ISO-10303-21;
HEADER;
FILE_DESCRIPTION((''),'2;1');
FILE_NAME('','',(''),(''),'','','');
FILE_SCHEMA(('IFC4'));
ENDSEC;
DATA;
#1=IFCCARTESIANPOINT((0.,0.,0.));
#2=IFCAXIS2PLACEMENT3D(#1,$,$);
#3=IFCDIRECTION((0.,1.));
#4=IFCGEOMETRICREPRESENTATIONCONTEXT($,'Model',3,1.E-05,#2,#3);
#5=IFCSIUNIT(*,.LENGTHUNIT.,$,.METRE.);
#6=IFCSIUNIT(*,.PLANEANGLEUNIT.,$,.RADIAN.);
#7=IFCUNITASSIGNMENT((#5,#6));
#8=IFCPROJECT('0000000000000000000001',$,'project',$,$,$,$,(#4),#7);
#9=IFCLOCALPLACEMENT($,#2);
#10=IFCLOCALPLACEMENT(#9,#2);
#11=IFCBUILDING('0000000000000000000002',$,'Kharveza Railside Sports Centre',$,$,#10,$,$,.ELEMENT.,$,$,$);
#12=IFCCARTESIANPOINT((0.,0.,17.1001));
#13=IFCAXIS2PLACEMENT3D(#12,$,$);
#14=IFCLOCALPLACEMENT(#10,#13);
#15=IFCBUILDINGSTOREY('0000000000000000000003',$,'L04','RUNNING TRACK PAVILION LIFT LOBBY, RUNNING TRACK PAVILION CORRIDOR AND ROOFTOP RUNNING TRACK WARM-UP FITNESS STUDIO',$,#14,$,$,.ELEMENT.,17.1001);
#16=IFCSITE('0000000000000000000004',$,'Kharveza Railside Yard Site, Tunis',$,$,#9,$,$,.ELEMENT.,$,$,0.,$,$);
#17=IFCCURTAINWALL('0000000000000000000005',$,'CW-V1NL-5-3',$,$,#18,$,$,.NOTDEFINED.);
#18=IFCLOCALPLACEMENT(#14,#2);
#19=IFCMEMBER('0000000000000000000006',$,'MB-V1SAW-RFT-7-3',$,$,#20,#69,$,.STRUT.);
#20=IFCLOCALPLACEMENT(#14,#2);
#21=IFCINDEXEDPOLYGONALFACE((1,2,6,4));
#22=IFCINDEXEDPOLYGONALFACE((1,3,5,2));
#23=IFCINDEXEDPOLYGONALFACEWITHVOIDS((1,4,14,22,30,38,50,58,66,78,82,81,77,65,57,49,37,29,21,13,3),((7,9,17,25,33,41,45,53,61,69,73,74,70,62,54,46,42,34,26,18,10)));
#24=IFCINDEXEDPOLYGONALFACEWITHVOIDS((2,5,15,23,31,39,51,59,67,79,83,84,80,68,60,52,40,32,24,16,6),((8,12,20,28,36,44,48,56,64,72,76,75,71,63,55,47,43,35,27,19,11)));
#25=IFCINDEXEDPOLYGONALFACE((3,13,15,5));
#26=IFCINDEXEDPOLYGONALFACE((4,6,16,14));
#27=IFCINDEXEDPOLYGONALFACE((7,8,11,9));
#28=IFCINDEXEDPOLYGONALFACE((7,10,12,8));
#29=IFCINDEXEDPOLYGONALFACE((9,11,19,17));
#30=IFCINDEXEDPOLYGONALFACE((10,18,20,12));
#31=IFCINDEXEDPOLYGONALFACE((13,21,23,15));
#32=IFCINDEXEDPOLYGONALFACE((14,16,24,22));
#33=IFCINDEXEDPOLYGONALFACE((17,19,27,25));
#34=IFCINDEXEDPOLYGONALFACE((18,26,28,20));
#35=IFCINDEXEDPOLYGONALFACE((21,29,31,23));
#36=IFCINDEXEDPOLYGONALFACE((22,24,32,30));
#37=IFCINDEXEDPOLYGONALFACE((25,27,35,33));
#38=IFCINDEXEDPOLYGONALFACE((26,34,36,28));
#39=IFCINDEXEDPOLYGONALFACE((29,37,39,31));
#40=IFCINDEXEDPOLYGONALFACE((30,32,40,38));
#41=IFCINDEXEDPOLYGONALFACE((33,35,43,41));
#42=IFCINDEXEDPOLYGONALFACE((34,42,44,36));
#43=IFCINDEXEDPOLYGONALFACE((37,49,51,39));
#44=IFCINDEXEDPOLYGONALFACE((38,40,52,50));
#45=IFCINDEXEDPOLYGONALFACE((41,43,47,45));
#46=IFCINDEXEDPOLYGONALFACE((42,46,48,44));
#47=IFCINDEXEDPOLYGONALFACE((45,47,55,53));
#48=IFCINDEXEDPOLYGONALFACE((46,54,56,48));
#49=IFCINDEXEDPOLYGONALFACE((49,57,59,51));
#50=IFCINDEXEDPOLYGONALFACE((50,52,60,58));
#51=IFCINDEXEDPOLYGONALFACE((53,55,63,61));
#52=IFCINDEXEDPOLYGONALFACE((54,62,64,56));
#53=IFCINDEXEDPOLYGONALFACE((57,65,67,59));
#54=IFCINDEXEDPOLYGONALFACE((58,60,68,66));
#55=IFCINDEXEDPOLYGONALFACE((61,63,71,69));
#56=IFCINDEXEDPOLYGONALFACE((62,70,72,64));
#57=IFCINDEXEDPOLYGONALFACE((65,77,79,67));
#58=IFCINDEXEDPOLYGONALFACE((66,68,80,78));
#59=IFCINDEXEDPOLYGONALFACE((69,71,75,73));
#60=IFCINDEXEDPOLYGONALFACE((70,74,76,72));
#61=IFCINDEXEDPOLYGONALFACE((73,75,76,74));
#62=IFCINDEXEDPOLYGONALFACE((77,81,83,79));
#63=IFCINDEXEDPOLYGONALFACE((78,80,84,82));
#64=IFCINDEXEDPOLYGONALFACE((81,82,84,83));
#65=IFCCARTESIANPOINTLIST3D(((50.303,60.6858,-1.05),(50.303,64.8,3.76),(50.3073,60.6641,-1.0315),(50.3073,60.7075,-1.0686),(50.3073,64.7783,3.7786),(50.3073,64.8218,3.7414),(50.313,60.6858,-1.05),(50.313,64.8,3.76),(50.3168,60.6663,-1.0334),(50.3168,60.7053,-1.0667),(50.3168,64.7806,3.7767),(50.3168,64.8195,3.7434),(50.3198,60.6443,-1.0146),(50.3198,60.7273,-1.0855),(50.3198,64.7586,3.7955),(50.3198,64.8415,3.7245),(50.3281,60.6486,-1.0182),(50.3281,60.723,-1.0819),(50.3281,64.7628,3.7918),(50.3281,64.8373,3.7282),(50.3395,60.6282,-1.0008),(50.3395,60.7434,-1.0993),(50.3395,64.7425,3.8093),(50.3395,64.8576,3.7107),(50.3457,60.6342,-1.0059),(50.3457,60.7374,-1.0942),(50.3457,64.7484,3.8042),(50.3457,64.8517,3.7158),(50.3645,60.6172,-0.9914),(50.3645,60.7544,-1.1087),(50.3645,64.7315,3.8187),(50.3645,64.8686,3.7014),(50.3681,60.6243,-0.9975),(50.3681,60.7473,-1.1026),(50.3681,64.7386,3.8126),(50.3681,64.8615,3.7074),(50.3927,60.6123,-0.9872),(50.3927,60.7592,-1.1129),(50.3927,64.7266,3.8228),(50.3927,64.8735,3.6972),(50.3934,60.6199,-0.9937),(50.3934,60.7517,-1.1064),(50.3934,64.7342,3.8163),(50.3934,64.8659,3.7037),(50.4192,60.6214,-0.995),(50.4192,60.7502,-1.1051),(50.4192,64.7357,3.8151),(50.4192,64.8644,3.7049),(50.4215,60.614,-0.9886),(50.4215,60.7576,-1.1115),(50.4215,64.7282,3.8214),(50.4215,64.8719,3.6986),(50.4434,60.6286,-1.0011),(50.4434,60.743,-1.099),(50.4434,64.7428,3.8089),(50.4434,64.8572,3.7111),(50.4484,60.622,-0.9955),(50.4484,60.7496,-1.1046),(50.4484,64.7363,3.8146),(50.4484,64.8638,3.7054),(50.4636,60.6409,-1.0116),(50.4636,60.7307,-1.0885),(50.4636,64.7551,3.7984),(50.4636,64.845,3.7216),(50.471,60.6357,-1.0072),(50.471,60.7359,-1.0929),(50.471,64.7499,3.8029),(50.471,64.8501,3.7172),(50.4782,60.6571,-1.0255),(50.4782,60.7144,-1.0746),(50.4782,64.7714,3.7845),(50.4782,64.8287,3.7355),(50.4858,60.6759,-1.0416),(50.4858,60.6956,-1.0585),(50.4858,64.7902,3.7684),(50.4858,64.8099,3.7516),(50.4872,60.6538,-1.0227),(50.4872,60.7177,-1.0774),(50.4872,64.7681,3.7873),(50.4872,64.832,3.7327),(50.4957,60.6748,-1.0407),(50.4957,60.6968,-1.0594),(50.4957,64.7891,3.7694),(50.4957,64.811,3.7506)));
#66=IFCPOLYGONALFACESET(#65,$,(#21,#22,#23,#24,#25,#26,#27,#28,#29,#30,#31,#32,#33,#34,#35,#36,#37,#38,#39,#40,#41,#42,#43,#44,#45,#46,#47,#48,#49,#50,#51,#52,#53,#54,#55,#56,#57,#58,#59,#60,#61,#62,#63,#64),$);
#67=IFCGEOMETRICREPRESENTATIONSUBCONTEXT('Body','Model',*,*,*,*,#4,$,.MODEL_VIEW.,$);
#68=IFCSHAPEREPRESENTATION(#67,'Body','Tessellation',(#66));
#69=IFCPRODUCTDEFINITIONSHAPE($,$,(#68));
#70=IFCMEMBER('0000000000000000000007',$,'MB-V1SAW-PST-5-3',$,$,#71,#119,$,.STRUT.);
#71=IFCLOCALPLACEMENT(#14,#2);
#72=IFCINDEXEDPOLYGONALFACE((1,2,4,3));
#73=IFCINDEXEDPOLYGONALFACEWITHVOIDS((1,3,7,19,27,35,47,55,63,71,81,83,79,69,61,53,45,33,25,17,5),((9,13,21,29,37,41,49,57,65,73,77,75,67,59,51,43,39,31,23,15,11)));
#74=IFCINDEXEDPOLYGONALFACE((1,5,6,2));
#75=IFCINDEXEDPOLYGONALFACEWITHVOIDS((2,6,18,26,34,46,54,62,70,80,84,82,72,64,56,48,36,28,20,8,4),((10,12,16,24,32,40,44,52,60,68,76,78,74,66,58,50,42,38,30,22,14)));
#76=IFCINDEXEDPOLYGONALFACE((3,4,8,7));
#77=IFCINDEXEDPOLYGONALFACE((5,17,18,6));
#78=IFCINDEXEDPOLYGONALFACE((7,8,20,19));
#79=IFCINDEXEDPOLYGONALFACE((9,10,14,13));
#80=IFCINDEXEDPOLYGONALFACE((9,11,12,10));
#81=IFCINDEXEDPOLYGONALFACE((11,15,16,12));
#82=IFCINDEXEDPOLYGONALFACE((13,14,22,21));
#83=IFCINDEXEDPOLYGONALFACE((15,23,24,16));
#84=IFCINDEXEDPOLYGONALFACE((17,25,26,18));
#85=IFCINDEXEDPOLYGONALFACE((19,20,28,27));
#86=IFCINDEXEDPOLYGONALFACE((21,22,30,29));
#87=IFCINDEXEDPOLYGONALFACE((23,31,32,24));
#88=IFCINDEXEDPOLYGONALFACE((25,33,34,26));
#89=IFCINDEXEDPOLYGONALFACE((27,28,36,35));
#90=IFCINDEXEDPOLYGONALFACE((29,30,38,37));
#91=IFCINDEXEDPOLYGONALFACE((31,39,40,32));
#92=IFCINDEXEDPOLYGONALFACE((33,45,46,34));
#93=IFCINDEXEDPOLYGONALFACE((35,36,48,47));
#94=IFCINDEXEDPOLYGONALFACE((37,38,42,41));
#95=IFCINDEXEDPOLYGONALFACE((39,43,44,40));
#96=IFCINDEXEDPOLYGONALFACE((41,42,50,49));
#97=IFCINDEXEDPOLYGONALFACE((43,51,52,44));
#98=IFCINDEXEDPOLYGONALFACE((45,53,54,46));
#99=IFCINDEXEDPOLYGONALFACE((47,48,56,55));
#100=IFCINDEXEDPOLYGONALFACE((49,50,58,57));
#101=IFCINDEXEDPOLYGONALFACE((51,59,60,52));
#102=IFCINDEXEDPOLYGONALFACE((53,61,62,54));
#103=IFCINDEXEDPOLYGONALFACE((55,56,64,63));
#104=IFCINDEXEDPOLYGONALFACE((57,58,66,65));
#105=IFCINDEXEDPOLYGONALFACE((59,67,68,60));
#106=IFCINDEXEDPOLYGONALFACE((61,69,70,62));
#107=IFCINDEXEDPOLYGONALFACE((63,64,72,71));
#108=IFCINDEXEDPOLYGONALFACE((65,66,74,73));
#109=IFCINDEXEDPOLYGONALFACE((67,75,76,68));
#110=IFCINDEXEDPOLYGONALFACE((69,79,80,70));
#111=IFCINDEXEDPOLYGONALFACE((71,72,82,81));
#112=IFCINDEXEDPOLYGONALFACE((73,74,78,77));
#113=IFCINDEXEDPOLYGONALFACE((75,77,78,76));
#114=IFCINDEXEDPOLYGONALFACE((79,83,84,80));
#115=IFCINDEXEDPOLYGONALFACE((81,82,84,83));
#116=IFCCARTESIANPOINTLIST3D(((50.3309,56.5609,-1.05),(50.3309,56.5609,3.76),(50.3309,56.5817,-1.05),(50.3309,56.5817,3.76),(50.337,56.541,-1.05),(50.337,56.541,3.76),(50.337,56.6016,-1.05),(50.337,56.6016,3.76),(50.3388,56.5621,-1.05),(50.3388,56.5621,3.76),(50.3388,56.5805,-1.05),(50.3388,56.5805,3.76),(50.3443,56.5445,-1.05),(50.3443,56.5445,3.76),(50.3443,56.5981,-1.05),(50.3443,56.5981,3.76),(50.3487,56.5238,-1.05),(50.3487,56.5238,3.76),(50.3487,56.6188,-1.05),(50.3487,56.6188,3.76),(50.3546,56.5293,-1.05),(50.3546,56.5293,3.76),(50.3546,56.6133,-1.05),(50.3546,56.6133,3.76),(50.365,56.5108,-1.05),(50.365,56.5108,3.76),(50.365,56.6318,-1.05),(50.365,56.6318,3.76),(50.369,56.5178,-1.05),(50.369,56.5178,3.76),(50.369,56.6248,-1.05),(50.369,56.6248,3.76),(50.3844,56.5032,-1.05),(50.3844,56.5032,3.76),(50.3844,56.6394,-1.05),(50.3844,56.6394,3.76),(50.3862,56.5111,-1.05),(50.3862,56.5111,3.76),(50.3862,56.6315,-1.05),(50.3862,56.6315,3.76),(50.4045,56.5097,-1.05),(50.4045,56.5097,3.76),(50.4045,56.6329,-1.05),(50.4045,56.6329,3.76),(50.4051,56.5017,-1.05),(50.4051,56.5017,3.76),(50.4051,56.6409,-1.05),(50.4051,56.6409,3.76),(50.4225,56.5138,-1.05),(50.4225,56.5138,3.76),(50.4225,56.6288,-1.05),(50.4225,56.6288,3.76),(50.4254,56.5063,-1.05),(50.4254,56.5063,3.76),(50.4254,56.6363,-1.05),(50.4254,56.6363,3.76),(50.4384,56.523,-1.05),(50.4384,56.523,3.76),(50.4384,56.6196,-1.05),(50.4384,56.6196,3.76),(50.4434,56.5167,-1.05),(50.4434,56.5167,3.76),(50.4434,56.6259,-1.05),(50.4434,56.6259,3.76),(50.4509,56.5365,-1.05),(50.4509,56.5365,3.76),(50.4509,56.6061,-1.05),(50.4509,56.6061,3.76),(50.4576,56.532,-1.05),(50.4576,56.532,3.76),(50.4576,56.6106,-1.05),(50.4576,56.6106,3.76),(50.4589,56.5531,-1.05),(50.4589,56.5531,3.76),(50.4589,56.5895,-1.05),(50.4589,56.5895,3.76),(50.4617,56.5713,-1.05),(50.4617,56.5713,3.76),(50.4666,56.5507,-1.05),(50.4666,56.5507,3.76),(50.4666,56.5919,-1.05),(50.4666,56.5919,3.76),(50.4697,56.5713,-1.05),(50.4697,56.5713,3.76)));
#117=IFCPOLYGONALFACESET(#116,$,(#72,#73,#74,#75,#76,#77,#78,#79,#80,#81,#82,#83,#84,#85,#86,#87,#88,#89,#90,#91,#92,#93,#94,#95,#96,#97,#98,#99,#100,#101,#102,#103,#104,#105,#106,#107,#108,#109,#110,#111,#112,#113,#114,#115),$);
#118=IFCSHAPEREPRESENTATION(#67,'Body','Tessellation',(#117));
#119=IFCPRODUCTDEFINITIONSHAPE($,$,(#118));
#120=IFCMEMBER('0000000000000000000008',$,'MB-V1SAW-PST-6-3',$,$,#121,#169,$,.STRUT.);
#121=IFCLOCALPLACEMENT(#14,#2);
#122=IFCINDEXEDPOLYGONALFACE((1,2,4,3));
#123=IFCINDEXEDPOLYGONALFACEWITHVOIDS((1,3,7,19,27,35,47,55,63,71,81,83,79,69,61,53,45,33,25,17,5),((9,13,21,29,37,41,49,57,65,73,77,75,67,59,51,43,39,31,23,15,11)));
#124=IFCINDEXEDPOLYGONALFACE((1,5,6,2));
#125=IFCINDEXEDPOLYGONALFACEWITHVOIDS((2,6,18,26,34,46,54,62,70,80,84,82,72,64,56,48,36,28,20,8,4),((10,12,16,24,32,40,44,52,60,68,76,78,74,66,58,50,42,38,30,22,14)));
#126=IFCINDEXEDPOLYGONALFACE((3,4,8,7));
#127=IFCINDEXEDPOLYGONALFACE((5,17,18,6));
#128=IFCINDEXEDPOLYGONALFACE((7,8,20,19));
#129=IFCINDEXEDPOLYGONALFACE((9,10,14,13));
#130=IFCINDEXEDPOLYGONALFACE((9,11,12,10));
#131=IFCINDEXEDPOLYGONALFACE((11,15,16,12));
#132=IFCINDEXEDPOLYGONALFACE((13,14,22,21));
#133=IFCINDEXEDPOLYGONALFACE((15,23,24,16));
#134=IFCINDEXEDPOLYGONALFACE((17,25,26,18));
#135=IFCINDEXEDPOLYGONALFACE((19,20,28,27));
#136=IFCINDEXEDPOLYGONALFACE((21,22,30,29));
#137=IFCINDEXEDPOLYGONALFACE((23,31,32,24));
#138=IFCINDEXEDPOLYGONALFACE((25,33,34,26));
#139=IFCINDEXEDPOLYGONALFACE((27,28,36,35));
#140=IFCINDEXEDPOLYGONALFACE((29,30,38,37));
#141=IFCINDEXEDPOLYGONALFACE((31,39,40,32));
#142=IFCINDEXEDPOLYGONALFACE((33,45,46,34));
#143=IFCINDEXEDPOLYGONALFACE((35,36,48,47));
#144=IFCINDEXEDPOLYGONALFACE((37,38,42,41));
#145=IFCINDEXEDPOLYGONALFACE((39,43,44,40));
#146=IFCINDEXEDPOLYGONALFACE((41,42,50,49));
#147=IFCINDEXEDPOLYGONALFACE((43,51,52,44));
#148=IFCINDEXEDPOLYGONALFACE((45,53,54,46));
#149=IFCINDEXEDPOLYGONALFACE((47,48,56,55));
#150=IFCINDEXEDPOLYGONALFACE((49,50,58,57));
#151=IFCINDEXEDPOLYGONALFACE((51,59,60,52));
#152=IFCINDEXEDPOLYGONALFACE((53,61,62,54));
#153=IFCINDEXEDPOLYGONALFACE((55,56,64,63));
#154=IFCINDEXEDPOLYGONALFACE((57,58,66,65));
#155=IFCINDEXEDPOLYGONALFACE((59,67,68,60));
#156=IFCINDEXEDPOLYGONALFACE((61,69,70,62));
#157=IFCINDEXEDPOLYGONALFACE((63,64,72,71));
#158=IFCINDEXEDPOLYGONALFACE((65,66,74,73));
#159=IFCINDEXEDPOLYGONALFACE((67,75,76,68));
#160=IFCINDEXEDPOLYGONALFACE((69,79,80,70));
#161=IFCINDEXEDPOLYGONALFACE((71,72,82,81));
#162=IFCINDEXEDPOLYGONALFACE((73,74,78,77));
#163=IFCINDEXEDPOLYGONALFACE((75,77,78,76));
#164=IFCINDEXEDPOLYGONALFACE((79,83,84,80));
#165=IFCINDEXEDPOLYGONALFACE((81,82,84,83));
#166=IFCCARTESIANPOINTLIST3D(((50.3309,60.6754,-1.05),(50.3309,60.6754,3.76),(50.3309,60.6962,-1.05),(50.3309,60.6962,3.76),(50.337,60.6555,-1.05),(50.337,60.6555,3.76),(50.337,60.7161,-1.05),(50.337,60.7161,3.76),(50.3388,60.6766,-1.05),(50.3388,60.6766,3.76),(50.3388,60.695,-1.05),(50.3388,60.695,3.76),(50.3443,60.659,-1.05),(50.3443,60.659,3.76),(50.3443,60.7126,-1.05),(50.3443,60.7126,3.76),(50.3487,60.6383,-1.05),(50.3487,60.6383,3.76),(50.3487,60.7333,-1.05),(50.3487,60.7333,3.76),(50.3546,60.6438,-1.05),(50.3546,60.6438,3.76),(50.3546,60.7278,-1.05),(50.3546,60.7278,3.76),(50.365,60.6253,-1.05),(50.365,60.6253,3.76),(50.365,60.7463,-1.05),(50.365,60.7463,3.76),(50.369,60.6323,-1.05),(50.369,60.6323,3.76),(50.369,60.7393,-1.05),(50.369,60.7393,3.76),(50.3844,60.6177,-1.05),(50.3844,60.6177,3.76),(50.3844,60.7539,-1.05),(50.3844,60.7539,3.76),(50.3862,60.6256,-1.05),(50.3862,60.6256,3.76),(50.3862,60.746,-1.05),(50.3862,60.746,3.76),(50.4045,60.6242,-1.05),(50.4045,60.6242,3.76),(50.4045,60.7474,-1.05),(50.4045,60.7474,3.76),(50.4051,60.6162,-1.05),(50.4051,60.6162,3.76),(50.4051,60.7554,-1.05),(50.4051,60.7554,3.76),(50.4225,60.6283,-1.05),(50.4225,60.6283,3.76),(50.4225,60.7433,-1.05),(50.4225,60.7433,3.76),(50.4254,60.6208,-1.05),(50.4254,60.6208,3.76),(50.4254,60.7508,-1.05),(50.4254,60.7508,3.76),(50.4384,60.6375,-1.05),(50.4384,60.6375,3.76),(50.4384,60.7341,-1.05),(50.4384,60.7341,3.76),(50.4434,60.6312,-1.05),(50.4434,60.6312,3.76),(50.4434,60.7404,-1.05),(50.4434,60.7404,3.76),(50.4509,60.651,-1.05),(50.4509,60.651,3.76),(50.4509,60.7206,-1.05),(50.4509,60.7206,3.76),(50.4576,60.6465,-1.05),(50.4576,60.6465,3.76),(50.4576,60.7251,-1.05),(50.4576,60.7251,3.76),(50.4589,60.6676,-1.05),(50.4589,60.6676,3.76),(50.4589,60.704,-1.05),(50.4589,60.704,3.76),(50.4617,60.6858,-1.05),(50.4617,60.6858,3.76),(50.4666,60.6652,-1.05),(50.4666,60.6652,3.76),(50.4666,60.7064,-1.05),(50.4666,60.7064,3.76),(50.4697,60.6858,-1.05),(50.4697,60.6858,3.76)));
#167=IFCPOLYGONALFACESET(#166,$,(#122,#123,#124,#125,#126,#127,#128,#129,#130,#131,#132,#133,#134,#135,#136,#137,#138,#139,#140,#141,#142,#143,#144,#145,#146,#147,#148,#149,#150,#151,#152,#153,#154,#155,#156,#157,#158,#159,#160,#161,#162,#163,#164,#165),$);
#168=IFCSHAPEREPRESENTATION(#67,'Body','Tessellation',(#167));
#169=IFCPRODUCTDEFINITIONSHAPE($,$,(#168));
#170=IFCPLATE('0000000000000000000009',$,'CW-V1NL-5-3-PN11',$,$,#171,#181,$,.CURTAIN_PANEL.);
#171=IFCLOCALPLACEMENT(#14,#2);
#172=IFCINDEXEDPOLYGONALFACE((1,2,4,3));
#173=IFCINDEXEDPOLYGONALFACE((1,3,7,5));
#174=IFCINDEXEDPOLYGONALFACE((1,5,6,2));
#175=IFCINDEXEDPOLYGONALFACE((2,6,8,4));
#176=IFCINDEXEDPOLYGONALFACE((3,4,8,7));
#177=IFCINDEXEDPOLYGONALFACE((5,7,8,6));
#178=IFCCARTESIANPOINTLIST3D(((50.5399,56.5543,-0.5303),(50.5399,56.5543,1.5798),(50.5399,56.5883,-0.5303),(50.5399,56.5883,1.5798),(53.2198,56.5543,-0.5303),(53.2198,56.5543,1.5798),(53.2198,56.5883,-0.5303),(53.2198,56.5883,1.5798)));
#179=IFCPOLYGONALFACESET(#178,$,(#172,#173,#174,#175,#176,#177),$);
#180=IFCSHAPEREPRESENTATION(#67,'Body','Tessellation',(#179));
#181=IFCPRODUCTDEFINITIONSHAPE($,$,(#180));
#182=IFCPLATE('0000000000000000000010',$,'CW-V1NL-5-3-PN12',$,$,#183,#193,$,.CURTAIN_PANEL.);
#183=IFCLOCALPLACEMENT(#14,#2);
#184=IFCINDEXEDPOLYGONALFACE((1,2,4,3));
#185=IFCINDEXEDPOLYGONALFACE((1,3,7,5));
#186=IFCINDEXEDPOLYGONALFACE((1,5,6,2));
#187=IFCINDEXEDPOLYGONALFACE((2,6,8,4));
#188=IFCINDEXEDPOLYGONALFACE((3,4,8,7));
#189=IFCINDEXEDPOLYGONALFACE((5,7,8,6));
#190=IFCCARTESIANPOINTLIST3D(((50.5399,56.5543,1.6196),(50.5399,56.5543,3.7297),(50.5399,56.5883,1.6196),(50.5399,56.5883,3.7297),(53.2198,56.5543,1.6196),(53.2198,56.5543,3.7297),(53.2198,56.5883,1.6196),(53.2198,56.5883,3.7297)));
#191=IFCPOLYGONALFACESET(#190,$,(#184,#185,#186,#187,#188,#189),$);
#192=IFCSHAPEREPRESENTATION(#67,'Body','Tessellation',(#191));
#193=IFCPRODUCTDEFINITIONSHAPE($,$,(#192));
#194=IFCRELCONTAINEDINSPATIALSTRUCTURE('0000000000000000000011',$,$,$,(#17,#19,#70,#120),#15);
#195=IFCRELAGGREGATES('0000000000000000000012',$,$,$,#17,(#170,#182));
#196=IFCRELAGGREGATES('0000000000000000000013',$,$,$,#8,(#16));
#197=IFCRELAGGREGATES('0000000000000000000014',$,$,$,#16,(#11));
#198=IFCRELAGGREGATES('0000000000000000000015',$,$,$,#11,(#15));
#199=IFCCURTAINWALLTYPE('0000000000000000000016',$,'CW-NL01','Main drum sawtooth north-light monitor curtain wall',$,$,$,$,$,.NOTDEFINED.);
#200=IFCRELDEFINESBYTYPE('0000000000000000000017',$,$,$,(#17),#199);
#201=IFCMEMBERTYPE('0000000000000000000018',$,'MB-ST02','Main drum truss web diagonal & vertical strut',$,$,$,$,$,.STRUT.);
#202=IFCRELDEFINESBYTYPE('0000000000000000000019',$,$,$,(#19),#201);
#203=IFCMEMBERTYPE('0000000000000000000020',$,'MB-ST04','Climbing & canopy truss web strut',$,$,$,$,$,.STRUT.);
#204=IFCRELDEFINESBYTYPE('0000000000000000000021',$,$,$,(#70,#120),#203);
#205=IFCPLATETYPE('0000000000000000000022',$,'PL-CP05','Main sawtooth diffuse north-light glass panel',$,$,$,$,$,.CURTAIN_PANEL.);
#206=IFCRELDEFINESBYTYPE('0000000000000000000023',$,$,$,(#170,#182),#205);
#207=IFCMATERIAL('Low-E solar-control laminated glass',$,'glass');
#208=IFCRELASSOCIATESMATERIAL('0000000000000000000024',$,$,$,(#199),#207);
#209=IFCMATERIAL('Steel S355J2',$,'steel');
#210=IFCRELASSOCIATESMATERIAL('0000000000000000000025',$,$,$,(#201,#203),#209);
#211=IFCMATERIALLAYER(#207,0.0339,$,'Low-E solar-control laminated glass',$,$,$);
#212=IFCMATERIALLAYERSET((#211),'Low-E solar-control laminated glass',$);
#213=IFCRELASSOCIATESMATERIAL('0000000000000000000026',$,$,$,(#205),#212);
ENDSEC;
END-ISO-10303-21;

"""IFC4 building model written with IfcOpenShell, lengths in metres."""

from ifc_helpers import new_model, si_unit, direction, frame, origin, origin_2d, place, context, subcontext, project, spatial, rectangle, hollow_circle, extrude, material, layer, layer_set, material_profile, profile_set, type_object, element, aggregate, save


model = new_model("IFC4")

# Units and contexts
model_context = context("Model", 3, precision=1e-05, world=origin(), true_north=direction((0.0, 1.0)))
body_context = subcontext(model_context, "Body", "Model", "MODEL_VIEW")
ifc_project = project(units=[si_unit("LENGTHUNIT", "METRE"), si_unit("PLANEANGLEUNIT", "RADIAN")], contexts=[model_context])

# Site, building, storey
site_placement = place(None, origin())
site = spatial("IfcSite", under=ifc_project, at=site_placement, Name="Kharveza Railside Yard Site, Tunis", CompositionType="ELEMENT", RefElevation=0.0)
building_placement = place(site_placement, origin())
building = spatial("IfcBuilding", under=site, at=building_placement, Name="Kharveza Railside Sports Centre", CompositionType="ELEMENT")
storey_placement = place(building_placement, frame((0.0, 0.0, 17.1001)))
storey = spatial("IfcBuildingStorey", under=building, at=storey_placement, Name="L04", Description="RUNNING TRACK PAVILION LIFT LOBBY, RUNNING TRACK PAVILION CORRIDOR AND ROOFTOP RUNNING TRACK WARM-UP FITNESS STUDIO", CompositionType="ELEMENT", Elevation=17.1001)

# Shared definitions
ifc_material_1 = material(Name="Low-E solar-control laminated glass", Category="glass")
curtain_wall_type = type_object("IfcCurtainWallType", Name="CW-NL01", Description="Main drum sawtooth north-light monitor curtain wall", PredefinedType="NOTDEFINED", material=ifc_material_1)

# Curtain wall
curtain_wall_1_placement = place(storey_placement, origin())
curtain_wall_1 = element("IfcCurtainWall", 1, at=curtain_wall_1_placement, inside=storey, type_object=curtain_wall_type, Name="CW-V1NL-5-3", PredefinedType="NOTDEFINED")

# Members
ifc_material_2 = material(Name="Steel S355J2", Category="steel")
ifc_material_profile_1 = material_profile(ifc_material_2, hollow_circle(Radius=0.0969, WallThickness=0.01, at=origin_2d()), Name="CHS 193.7x10.0")
ifc_profile_set_1 = profile_set([ifc_material_profile_1], Name="Steel S355J2")
member_type_1 = type_object("IfcMemberType", Name="MB-ST02", Description="Main drum truss web diagonal & vertical strut", PredefinedType="STRUT", material=ifc_profile_set_1)
member_1_placement = place(storey_placement, frame((50.3999, 60.6858, -1.05), z_axis=(0.0, 0.650003, 0.759931), x_axis=(-1.0, 0.0, 0.0)))
element("IfcMember", 2, at=member_1_placement, inside=storey, type_object=member_type_1, Name="MB-V1SAW-RFT-7-3", PredefinedType="STRUT", context=body_context, shape_type="SweptSolid", body=[
    extrude(hollow_circle(Radius=0.0969, WallThickness=0.01, at=origin_2d()), origin(), (0.0, 0.0, 1.0), 6.3296),
])
ifc_material_profile_2 = material_profile(ifc_material_2, hollow_circle(Radius=0.0698, WallThickness=0.0081, at=origin_2d()), Name="CHS 139.7x8.0")
ifc_profile_set_2 = profile_set([ifc_material_profile_2], Name="Steel S355J2")
member_type_2 = type_object("IfcMemberType", Name="MB-ST04", Description="Climbing & canopy truss web strut", PredefinedType="STRUT", material=ifc_profile_set_2)
for number, where, z_axis, x_axis, name in (
    (3, (50.3999, 56.5713, -1.05), (0.0, 0.0, 1.0), (1.0, 0.0, 0.0), "MB-V1SAW-PST-5-3"),
    (4, (50.3999, 60.6858, -1.05), (0.0, 0.0, 1.0), (1.0, 0.0, 0.0), "MB-V1SAW-PST-6-3"),
):
    element("IfcMember", number, at=place(storey_placement, frame(where, z_axis=z_axis, x_axis=x_axis)), inside=storey, type_object=member_type_2, Name=name, PredefinedType="STRUT", context=body_context, shape_type="SweptSolid", body=[
        extrude(hollow_circle(Radius=0.0698, WallThickness=0.0081, at=origin_2d()), origin(), (0.0, 0.0, 1.0), 4.8101),
    ])

# Plates
ifc_layer = layer(ifc_material_1, 0.0339, Name="Low-E solar-control laminated glass")
ifc_layer_set = layer_set([ifc_layer], Name="Low-E solar-control laminated glass")
plate_type = type_object("IfcPlateType", Name="PL-CP05", Description="Main sawtooth diffuse north-light glass panel", PredefinedType="CURTAIN_PANEL", material=ifc_layer_set)
plate_1_placement = place(storey_placement, frame((51.8799, 56.5713, -0.5303), z_axis=(0.0, 0.0, 1.0), x_axis=(1.0, 0.0, 0.0)))
plate_1 = element("IfcPlate", 5, at=plate_1_placement, type_object=plate_type, Name="CW-V1NL-5-3-PN11", PredefinedType="CURTAIN_PANEL", context=body_context, shape_type="SweptSolid", body=[
    extrude(rectangle(XDim=2.6799, YDim=0.0339, at=origin_2d()), origin(), (0.0, 0.0, 1.0), 2.1101),
])
plate_2_placement = place(storey_placement, frame((51.8799, 56.5713, 1.6196), z_axis=(0.0, 0.0, 1.0), x_axis=(1.0, 0.0, 0.0)))
plate_2 = element("IfcPlate", 6, at=plate_2_placement, type_object=plate_type, Name="CW-V1NL-5-3-PN12", PredefinedType="CURTAIN_PANEL", context=body_context, shape_type="SweptSolid", body=[
    extrude(rectangle(XDim=2.6799, YDim=0.0339, at=origin_2d()), origin(), (0.0, 0.0, 1.0), 2.1101),
])
aggregate(curtain_wall_1, [plate_1, plate_2])

save(model, "model.ifc")
